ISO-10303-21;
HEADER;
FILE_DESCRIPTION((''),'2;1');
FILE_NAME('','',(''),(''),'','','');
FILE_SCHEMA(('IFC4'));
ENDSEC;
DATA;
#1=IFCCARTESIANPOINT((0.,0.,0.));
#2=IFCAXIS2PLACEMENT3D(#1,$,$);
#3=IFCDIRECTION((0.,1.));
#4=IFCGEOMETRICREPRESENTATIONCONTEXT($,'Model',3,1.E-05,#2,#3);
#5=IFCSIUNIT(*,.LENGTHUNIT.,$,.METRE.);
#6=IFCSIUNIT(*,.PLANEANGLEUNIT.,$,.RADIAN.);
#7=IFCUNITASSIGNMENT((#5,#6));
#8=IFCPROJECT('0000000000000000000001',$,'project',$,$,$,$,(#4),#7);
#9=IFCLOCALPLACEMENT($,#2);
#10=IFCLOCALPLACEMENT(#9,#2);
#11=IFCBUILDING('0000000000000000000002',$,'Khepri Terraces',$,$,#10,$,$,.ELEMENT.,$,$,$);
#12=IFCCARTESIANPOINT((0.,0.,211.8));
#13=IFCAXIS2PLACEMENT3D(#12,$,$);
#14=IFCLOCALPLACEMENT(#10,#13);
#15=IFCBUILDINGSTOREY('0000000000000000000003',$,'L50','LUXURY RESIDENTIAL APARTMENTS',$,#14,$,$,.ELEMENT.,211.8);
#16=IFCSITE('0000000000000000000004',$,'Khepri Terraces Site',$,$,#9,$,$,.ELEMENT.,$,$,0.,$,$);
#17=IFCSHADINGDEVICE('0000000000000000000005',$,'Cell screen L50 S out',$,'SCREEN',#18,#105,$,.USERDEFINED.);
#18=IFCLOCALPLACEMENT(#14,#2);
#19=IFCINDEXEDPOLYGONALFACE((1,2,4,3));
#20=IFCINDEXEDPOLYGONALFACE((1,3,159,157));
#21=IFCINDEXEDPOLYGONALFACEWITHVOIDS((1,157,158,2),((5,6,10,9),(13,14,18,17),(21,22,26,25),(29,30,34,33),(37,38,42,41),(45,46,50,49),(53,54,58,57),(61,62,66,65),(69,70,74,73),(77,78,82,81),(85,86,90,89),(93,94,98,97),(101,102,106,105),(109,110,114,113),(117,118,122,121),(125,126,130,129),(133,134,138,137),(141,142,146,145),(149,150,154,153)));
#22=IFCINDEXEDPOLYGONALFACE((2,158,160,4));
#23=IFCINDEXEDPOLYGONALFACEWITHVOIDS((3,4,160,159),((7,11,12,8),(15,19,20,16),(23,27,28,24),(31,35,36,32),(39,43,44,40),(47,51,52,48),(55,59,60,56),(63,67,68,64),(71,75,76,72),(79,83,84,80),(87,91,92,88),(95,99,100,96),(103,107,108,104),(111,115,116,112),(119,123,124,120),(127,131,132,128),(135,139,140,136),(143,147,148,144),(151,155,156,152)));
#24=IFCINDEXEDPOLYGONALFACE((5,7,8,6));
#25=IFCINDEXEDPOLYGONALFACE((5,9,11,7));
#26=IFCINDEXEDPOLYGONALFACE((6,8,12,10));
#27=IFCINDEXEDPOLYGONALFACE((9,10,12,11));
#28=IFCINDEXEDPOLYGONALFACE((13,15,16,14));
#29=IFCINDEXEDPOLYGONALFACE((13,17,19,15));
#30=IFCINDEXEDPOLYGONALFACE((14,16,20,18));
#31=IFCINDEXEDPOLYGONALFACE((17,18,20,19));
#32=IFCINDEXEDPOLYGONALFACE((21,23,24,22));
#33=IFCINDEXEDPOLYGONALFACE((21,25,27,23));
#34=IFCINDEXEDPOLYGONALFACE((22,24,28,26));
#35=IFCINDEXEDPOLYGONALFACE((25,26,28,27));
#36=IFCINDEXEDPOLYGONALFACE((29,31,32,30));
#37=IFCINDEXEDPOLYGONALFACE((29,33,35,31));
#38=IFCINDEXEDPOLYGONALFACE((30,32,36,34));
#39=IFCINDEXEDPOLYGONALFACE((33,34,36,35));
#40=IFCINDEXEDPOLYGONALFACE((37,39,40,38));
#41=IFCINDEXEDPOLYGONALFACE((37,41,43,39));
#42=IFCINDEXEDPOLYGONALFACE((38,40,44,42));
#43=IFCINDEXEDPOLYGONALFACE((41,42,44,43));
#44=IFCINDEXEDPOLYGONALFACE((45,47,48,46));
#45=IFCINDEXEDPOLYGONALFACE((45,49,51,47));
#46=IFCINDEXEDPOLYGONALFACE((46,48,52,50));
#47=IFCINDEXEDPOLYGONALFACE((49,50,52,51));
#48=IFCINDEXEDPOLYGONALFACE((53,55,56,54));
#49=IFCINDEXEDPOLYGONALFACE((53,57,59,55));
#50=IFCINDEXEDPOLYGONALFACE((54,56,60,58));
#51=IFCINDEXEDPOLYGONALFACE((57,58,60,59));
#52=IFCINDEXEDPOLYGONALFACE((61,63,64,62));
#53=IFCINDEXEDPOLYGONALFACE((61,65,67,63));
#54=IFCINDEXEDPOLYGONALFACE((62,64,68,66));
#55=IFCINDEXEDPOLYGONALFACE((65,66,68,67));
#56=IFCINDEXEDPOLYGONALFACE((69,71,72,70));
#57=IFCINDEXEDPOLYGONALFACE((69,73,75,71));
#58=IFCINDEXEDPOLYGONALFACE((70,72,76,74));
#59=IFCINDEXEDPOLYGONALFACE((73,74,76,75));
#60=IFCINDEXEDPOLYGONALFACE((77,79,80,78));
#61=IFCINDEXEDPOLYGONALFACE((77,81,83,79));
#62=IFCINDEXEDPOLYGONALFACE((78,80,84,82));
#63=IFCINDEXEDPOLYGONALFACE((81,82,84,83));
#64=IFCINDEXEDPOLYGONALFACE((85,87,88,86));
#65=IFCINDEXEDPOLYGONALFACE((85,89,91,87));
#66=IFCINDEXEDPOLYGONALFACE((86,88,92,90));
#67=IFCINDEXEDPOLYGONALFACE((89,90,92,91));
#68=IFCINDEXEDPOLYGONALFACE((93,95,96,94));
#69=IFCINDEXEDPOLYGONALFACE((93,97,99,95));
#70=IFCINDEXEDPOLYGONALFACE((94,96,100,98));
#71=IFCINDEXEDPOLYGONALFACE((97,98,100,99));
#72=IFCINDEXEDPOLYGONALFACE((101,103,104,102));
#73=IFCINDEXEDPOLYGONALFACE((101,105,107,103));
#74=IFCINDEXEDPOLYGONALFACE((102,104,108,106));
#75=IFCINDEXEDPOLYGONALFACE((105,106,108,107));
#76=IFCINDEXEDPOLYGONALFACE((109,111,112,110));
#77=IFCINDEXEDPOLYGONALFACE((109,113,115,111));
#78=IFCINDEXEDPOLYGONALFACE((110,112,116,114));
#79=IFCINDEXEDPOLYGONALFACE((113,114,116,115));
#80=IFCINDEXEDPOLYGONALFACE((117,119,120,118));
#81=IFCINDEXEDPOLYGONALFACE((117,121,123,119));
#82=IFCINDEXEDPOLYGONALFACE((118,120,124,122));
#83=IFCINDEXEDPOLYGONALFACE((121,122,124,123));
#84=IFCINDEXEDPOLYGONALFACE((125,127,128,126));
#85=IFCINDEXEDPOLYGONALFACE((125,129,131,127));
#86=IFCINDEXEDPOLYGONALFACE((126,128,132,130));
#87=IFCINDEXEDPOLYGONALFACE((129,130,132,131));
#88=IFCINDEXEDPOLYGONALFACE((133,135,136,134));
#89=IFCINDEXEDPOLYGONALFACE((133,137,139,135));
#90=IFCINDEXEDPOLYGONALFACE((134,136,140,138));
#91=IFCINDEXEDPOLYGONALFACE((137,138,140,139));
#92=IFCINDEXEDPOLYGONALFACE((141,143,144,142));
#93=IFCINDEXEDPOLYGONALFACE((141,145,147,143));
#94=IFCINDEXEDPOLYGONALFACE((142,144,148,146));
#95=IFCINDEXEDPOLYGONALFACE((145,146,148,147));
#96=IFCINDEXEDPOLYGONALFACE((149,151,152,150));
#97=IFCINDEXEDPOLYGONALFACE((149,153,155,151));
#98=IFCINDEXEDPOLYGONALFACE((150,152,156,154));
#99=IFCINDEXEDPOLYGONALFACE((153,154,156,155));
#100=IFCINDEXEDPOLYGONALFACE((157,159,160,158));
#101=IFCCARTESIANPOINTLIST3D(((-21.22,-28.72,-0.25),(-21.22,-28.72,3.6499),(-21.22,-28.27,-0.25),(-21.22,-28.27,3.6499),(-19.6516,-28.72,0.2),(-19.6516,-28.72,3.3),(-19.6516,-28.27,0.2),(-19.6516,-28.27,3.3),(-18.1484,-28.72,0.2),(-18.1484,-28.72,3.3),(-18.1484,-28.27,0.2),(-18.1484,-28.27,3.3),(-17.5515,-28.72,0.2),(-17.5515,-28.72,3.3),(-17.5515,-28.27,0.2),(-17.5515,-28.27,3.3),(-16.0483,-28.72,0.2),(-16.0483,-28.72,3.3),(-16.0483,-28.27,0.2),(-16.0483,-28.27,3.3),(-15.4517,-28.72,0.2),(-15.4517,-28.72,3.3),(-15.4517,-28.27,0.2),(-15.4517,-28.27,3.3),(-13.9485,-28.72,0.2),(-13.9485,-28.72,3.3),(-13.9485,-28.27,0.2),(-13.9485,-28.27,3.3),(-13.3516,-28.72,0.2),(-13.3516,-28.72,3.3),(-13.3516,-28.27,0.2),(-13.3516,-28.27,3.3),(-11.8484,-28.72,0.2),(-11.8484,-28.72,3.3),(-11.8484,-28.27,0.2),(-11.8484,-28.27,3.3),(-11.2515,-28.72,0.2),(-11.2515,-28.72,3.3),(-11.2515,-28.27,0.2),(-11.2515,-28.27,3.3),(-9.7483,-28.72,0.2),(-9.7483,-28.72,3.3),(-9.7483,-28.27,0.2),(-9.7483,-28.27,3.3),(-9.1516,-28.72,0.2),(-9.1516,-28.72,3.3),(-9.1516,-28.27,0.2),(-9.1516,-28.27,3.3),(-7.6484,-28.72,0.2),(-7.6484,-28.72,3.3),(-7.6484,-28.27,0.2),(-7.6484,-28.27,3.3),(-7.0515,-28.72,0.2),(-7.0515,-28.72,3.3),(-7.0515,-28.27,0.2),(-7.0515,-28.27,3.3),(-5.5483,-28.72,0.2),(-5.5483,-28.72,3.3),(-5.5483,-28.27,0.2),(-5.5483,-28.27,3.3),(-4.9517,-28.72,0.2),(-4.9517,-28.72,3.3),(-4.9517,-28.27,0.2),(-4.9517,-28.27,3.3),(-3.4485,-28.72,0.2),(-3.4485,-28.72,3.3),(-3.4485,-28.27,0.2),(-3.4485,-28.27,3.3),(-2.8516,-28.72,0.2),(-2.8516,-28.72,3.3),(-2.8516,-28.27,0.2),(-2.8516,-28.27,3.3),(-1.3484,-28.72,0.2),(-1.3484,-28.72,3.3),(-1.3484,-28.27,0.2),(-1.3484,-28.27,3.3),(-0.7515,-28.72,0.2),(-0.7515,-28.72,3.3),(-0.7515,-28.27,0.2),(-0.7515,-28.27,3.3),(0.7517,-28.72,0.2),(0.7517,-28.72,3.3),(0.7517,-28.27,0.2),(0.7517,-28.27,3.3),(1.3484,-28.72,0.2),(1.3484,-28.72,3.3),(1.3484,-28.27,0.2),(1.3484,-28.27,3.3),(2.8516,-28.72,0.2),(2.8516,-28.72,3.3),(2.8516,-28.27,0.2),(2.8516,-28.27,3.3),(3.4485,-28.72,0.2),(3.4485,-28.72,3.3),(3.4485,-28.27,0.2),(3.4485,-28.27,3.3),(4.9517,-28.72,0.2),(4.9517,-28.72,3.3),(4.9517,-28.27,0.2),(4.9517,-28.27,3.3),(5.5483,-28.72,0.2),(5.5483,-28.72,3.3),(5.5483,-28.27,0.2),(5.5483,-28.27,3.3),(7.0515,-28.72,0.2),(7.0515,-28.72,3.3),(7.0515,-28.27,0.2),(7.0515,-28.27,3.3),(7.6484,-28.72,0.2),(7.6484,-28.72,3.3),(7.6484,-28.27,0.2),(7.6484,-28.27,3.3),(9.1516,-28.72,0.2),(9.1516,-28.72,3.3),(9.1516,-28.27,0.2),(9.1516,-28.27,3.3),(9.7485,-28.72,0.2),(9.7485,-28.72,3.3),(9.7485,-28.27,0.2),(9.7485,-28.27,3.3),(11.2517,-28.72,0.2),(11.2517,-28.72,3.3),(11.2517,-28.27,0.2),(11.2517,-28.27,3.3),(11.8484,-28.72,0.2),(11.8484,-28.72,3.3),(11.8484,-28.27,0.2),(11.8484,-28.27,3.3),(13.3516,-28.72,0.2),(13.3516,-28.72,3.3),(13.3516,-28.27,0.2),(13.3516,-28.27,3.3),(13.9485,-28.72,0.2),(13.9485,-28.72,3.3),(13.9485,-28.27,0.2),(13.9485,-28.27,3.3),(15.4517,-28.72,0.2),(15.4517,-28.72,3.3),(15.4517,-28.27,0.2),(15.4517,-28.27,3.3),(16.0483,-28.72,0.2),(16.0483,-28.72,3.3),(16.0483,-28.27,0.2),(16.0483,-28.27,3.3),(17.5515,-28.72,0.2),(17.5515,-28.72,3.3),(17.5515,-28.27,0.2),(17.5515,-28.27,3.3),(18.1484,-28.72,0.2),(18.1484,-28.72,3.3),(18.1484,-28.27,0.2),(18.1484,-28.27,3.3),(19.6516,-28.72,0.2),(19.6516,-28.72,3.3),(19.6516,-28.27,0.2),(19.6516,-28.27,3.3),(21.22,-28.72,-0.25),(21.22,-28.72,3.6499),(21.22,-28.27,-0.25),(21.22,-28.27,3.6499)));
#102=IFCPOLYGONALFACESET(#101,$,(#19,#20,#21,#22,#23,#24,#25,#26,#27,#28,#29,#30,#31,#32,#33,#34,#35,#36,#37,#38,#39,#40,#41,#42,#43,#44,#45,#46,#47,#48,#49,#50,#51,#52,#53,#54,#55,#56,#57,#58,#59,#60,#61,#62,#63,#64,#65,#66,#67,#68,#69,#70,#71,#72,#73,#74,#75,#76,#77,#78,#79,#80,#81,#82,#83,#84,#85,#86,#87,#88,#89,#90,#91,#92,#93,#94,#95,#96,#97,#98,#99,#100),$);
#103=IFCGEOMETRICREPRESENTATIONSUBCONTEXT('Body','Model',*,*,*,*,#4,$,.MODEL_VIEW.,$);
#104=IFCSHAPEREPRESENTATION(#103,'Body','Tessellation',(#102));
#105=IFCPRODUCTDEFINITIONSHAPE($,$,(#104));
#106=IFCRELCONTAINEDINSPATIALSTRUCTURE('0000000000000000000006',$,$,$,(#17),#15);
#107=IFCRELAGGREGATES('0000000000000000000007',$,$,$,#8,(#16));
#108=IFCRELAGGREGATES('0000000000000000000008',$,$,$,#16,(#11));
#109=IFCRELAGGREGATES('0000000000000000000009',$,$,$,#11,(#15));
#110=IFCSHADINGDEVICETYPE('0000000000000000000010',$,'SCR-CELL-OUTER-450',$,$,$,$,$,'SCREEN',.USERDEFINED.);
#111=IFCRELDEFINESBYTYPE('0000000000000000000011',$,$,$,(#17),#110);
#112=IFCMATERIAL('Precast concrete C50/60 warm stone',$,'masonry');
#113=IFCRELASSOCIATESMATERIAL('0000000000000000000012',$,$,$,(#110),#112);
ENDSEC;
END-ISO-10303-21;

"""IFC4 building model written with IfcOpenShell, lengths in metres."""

from ifc_helpers import new_model, si_unit, direction, frame, origin, place, context, subcontext, project, spatial, polyline, outline, extrude, material, type_object, element, save


model = new_model("IFC4")

# Units and contexts
model_context = context("Model", 3, precision=1e-05, world=origin(), true_north=direction((0.0, 1.0)))
body_context = subcontext(model_context, "Body", "Model", "MODEL_VIEW")
ifc_project = project(units=[si_unit("LENGTHUNIT", "METRE"), si_unit("PLANEANGLEUNIT", "RADIAN")], contexts=[model_context])

# Site, building, storey
site_placement = place(None, origin())
site = spatial("IfcSite", under=ifc_project, at=site_placement, Name="Khepri Terraces Site", CompositionType="ELEMENT", RefElevation=0.0)
building_placement = place(site_placement, origin())
building = spatial("IfcBuilding", under=site, at=building_placement, Name="Khepri Terraces", CompositionType="ELEMENT")
storey_placement = place(building_placement, frame((0.0, 0.0, 211.8)))
storey = spatial("IfcBuildingStorey", under=building, at=storey_placement, Name="L50", Description="LUXURY RESIDENTIAL APARTMENTS", CompositionType="ELEMENT", Elevation=211.8)

# Shared definitions
ifc_material_1 = material(Name="Precast concrete C50/60 warm stone", Category="masonry")

# Shading device
shading_device_type_1 = type_object("IfcShadingDeviceType", Name="SCR-CELL-OUTER-450", ElementType="SCREEN", PredefinedType="USERDEFINED", material=ifc_material_1)
shading_device_1_placement = place(storey_placement, frame((-21.22, -28.27, -0.25), z_axis=(0.0, -1.0, 0.0), x_axis=(1.0, 0.0, 0.0)))
element("IfcShadingDevice", 1, at=shading_device_1_placement, inside=storey, type_object=shading_device_type_1, Name="Cell screen L50 S out", ObjectType="SCREEN", PredefinedType="USERDEFINED", context=body_context, shape_type="SweptSolid", body=[
    extrude(outline(polyline([(0.0, 0.0), (42.4399, 0.0), (42.4399, 3.8999), (0.0, 3.8999), (0.0, 0.0)]), holes=[polyline([(1.5684, 0.45), (3.0715, 0.45), (3.0715, 3.55), (1.5684, 3.55), (1.5684, 0.45)]), polyline([(3.6685, 0.45), (5.1716, 0.45), (5.1716, 3.55), (3.6685, 3.55), (3.6685, 0.45)]), polyline([(5.7683, 0.45), (7.2715, 0.45), (7.2715, 3.55), (5.7683, 3.55), (5.7683, 0.45)]), polyline([(7.8684, 0.45), (9.3716, 0.45), (9.3716, 3.55), (7.8684, 3.55), (7.8684, 0.45)]), polyline([(9.9685, 0.45), (11.4717, 0.45), (11.4717, 3.55), (9.9685, 3.55), (9.9685, 0.45)]), polyline([(12.0684, 0.45), (13.5715, 0.45), (13.5715, 3.55), (12.0684, 3.55), (12.0684, 0.45)]), polyline([(14.1685, 0.45), (15.6716, 0.45), (15.6716, 3.55), (14.1685, 3.55), (14.1685, 0.45)]), polyline([(16.2683, 0.45), (17.7715, 0.45), (17.7715, 3.55), (16.2683, 3.55), (16.2683, 0.45)]), polyline([(18.3684, 0.45), (19.8716, 0.45), (19.8716, 3.55), (18.3684, 3.55), (18.3684, 0.45)]), polyline([(20.4685, 0.45), (21.9717, 0.45), (21.9717, 3.55), (20.4685, 3.55), (20.4685, 0.45)]), polyline([(22.5684, 0.45), (24.0715, 0.45), (24.0715, 3.55), (22.5684, 3.55), (22.5684, 0.45)]), polyline([(24.6685, 0.45), (26.1716, 0.45), (26.1716, 3.55), (24.6685, 3.55), (24.6685, 0.45)]), polyline([(26.7683, 0.45), (28.2715, 0.45), (28.2715, 3.55), (26.7683, 3.55), (26.7683, 0.45)]), polyline([(28.8684, 0.45), (30.3716, 0.45), (30.3716, 3.55), (28.8684, 3.55), (28.8684, 0.45)]), polyline([(30.9685, 0.45), (32.4717, 0.45), (32.4717, 3.55), (30.9685, 3.55), (30.9685, 0.45)]), polyline([(33.0684, 0.45), (34.5715, 0.45), (34.5715, 3.55), (33.0684, 3.55), (33.0684, 0.45)]), polyline([(35.1685, 0.45), (36.6716, 0.45), (36.6716, 3.55), (35.1685, 3.55), (35.1685, 0.45)]), polyline([(37.2683, 0.45), (38.7715, 0.45), (38.7715, 3.55), (37.2683, 3.55), (37.2683, 0.45)]), polyline([(39.3684, 0.45), (40.8716, 0.45), (40.8716, 3.55), (39.3684, 3.55), (39.3684, 0.45)])]), origin(), (0.0, 0.0, 1.0), 0.45),
])

save(model, "model.ifc")
